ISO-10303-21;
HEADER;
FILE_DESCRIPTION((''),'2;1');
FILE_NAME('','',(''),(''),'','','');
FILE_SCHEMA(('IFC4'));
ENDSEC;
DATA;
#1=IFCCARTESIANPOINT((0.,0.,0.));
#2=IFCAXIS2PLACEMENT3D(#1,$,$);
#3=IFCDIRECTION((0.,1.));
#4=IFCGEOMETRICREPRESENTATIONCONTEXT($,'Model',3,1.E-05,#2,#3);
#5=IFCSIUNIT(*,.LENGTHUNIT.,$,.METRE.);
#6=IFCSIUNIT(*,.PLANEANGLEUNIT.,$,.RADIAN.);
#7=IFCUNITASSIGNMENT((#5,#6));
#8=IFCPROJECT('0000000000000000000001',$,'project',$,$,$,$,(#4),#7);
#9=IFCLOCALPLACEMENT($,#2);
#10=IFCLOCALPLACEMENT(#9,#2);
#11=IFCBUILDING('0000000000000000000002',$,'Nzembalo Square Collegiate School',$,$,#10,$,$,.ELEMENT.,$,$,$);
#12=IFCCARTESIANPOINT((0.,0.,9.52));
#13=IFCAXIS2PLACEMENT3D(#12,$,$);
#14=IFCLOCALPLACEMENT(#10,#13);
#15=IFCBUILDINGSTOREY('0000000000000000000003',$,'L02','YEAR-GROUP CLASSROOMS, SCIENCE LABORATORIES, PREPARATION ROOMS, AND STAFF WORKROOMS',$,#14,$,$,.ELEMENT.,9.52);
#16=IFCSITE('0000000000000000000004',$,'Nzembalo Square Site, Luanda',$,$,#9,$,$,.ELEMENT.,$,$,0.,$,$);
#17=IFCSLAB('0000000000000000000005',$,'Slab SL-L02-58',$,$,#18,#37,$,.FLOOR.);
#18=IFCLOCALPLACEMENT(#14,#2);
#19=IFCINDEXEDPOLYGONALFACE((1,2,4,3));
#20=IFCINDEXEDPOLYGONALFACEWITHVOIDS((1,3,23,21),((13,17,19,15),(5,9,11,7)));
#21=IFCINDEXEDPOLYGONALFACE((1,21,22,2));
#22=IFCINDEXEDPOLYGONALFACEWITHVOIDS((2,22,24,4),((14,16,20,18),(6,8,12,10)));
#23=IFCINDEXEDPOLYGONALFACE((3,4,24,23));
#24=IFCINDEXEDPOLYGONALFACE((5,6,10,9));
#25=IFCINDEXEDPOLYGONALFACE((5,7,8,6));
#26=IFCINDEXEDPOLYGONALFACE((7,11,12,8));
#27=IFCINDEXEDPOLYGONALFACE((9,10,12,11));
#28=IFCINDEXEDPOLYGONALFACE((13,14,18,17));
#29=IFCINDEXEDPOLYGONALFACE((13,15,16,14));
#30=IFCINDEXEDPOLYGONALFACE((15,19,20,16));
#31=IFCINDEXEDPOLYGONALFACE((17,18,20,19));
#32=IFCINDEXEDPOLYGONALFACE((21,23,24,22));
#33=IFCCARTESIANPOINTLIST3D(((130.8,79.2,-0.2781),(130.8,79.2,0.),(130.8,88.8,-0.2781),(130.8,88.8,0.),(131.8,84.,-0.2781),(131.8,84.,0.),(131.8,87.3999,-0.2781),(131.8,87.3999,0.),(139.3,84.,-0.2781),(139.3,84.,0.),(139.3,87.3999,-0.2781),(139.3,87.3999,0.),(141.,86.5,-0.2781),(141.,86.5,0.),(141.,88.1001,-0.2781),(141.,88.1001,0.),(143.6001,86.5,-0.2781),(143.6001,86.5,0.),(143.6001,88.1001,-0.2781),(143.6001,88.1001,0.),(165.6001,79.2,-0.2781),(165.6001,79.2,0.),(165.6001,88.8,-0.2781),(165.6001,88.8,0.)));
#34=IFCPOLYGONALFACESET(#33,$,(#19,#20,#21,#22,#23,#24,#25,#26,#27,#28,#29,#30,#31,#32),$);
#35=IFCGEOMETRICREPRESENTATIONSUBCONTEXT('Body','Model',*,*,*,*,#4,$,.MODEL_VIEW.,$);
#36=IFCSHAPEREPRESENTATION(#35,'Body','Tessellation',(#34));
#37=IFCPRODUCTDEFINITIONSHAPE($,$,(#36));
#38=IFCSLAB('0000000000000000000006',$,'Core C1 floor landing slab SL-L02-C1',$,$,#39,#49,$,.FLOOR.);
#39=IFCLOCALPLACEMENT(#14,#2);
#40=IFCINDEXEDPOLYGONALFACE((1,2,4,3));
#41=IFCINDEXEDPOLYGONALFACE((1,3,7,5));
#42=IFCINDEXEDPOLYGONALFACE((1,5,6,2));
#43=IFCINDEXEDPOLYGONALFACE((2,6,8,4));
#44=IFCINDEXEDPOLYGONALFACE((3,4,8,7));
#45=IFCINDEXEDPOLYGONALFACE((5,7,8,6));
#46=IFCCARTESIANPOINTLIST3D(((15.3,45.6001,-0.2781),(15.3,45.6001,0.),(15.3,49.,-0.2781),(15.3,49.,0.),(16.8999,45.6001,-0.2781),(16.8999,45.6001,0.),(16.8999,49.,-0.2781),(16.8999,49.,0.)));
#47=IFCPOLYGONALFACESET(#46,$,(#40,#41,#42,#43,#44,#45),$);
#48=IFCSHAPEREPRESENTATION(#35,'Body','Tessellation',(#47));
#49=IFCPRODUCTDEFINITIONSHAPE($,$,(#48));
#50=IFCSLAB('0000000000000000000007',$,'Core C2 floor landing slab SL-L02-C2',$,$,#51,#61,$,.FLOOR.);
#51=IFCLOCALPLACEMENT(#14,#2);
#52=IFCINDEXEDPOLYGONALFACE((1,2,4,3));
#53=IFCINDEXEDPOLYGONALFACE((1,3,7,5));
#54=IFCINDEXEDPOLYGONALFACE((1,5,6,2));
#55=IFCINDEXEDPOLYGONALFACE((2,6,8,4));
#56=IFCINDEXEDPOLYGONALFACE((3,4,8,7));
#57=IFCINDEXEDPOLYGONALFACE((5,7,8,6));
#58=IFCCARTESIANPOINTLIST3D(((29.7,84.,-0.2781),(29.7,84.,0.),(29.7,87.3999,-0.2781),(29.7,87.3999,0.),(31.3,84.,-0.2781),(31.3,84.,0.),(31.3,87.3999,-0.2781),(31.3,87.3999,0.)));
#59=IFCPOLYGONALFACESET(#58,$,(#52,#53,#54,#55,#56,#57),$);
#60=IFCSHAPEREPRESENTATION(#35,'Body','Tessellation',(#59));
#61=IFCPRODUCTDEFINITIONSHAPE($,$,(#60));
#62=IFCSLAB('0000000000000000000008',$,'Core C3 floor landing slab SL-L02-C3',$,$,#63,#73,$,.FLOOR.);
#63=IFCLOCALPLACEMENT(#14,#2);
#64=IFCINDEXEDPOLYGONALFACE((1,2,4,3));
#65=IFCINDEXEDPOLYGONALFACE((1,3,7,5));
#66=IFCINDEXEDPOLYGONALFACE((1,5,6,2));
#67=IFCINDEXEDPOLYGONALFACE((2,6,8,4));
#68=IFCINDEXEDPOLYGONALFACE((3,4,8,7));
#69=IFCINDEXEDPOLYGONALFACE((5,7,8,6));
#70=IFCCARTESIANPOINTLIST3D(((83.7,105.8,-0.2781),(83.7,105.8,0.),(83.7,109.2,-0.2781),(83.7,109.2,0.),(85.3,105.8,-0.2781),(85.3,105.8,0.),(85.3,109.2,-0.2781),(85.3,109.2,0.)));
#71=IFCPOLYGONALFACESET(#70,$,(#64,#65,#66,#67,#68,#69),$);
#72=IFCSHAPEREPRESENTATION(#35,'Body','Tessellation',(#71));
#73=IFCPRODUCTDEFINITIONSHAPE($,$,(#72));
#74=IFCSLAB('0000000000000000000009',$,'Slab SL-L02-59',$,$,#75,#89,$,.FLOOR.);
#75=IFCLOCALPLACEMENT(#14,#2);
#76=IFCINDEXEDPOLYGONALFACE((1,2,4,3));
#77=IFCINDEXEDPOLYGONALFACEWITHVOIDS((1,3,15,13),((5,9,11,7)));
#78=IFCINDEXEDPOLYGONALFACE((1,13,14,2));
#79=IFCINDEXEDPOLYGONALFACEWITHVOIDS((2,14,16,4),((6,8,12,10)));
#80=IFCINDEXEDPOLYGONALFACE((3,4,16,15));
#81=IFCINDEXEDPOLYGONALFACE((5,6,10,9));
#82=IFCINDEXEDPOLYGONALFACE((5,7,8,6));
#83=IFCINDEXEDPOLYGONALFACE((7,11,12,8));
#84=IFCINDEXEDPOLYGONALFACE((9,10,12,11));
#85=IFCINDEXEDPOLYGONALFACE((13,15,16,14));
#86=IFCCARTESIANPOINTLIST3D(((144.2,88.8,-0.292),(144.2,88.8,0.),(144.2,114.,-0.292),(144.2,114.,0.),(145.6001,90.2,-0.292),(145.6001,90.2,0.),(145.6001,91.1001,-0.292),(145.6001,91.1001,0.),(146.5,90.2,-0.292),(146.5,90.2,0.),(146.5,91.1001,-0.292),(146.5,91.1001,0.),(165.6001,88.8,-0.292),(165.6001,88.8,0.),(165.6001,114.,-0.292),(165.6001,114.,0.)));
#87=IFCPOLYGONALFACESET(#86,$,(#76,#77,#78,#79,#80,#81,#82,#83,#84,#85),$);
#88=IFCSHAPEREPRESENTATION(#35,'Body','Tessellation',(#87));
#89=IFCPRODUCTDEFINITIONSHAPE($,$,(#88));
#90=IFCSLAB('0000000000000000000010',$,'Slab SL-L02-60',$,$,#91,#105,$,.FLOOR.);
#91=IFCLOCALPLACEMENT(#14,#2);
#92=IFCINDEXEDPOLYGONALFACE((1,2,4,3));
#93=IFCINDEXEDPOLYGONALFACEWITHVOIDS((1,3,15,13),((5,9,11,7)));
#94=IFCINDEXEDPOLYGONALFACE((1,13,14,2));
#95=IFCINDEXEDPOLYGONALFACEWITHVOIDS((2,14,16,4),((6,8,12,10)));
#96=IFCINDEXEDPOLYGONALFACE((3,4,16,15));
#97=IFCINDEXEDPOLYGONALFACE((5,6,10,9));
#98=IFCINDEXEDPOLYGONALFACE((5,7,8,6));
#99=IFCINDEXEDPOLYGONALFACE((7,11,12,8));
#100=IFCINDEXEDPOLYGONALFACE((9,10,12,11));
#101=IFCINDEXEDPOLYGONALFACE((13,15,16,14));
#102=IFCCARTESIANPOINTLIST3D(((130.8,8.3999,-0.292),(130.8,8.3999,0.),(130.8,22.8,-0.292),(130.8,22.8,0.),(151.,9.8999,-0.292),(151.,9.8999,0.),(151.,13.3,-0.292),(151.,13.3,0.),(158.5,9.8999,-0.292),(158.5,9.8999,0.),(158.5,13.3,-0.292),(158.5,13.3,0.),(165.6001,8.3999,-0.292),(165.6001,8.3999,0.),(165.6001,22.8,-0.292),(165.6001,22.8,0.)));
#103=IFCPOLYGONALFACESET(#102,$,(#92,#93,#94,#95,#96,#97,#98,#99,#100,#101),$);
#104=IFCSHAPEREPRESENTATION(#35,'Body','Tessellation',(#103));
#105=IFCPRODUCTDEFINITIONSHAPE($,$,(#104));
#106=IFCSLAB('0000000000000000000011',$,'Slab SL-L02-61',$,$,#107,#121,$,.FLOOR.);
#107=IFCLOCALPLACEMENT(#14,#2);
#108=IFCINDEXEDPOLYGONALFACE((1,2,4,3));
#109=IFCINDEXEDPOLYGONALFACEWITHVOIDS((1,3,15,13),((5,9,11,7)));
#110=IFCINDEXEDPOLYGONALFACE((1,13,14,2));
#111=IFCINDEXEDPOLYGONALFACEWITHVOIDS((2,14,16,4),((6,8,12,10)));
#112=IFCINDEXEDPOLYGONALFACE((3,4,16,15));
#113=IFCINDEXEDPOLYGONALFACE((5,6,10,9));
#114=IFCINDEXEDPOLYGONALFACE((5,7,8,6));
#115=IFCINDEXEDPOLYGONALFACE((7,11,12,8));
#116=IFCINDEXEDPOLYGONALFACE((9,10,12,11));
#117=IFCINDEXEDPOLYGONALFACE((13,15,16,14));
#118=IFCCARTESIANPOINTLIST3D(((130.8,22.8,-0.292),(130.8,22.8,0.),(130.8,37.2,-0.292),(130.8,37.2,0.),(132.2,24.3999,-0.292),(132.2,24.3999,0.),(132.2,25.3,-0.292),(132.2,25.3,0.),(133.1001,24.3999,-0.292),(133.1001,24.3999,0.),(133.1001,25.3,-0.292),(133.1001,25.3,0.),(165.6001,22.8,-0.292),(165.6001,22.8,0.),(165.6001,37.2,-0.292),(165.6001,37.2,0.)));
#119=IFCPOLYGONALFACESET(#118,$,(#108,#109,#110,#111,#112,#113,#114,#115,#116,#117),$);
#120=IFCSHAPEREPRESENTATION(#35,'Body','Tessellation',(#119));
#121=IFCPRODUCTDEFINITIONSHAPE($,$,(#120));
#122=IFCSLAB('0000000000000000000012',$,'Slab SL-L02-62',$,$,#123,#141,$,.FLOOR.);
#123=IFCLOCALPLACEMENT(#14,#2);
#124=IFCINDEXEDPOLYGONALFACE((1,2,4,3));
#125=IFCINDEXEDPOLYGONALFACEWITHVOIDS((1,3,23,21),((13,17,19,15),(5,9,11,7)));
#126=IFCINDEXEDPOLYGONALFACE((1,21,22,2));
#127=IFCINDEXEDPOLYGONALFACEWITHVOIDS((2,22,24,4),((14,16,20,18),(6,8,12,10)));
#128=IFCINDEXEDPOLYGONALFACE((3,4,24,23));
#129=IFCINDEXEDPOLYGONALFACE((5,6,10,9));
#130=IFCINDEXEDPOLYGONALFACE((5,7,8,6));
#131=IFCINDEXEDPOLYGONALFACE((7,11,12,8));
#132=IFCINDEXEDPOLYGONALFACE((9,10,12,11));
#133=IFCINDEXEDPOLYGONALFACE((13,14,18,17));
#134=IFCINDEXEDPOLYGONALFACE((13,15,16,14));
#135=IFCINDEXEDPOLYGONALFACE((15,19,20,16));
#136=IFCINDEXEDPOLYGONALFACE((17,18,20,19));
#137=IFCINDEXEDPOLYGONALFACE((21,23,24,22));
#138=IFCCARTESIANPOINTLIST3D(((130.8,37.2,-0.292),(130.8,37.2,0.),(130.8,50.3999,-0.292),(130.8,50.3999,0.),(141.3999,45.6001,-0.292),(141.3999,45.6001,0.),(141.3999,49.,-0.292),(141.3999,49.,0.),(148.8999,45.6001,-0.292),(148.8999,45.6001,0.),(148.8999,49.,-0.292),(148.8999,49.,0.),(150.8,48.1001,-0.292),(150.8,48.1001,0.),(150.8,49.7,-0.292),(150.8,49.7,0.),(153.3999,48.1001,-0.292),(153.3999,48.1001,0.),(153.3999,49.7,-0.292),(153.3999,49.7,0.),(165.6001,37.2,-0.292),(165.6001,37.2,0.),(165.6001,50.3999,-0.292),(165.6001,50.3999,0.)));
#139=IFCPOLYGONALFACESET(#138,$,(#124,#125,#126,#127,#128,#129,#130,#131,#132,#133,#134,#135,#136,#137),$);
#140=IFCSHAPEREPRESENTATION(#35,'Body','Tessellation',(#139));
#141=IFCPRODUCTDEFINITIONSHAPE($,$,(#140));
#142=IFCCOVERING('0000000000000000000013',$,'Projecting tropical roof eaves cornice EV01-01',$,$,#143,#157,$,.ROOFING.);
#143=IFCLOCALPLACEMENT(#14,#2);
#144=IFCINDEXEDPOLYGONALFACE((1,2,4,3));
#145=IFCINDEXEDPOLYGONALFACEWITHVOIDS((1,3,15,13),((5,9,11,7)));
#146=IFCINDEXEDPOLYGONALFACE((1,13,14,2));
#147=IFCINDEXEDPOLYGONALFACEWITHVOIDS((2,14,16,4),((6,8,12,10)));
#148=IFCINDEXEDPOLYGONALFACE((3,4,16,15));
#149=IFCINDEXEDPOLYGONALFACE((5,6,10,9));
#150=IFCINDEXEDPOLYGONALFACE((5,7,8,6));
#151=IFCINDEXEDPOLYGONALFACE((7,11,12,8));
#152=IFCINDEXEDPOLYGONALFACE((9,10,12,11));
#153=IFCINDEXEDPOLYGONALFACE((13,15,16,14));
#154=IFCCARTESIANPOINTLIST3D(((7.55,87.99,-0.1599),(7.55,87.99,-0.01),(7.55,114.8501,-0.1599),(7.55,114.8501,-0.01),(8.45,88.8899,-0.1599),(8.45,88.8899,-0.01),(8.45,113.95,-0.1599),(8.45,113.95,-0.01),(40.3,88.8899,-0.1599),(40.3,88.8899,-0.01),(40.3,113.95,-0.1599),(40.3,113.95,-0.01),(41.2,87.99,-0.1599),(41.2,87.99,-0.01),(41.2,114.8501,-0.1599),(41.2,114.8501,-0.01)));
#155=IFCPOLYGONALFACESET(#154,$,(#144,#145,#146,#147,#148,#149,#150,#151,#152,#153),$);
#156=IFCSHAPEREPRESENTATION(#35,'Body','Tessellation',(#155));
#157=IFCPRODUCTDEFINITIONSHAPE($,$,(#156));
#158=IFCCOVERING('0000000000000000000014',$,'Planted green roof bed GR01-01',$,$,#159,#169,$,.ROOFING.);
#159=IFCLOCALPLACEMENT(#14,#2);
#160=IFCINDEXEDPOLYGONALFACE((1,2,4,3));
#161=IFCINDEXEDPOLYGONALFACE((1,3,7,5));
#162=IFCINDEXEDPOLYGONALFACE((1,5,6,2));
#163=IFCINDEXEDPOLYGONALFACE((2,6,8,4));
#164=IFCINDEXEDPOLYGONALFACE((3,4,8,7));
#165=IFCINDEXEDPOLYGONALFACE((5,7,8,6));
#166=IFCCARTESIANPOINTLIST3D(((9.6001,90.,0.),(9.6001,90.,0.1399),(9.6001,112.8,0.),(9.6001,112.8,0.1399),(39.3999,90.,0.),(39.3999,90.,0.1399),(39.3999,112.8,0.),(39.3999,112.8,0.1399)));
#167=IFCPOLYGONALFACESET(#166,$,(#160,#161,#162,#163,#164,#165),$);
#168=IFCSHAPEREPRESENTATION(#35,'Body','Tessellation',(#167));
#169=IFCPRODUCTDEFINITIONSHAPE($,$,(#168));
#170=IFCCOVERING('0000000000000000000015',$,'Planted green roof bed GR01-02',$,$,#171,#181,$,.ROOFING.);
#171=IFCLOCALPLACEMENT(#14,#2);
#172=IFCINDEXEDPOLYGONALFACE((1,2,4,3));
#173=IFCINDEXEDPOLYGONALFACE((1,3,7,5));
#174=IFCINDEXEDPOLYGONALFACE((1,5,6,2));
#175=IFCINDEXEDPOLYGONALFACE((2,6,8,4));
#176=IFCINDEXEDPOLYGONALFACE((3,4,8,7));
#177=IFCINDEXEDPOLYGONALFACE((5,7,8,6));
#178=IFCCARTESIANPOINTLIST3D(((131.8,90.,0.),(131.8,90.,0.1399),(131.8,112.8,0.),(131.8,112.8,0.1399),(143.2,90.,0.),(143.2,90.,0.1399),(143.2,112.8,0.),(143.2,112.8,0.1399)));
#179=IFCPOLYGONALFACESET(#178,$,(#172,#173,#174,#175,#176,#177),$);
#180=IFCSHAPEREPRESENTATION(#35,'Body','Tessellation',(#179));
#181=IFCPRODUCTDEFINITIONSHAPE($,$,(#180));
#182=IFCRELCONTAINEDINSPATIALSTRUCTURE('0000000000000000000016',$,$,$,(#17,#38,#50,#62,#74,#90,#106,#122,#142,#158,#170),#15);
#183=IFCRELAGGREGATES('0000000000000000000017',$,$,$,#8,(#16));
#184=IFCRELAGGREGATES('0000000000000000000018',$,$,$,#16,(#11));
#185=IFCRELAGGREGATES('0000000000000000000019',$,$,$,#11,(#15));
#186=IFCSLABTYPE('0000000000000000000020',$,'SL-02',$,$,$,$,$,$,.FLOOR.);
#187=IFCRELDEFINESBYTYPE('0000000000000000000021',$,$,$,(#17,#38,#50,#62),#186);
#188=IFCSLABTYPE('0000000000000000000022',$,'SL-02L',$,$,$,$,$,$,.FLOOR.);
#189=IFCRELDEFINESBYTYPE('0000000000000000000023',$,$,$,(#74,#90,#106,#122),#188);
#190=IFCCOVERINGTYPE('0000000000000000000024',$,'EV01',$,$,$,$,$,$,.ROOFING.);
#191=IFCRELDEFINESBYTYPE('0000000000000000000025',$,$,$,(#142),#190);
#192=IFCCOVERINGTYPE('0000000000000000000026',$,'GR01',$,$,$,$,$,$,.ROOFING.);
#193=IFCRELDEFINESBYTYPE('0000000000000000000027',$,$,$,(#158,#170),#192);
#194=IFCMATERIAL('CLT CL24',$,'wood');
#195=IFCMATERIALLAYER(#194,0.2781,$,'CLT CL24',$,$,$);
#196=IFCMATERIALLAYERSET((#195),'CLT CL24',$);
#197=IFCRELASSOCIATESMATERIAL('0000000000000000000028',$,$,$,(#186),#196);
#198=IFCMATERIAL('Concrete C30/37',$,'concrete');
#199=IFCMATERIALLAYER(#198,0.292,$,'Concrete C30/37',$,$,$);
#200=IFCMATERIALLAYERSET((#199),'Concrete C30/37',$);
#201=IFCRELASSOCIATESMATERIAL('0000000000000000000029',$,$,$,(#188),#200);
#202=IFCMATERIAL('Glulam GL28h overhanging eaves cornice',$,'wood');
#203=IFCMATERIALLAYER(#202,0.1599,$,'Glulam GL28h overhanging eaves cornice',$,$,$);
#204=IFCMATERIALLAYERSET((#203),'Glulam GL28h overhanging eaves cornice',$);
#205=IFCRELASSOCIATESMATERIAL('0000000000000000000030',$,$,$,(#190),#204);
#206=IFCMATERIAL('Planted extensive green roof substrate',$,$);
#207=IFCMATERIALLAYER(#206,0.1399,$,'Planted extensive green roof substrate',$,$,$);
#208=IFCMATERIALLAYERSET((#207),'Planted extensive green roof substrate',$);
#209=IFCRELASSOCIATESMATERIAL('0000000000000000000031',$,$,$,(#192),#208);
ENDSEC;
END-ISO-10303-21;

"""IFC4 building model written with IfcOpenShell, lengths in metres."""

from ifc_helpers import new_model, si_unit, direction, frame, origin, place, context, subcontext, project, spatial, polyline, outline, extrude, material, layer, layer_set, type_object, element, save


model = new_model("IFC4")

# Units and contexts
model_context = context("Model", 3, precision=1e-05, world=origin(), true_north=direction((0.0, 1.0)))
body_context = subcontext(model_context, "Body", "Model", "MODEL_VIEW")
ifc_project = project(units=[si_unit("LENGTHUNIT", "METRE"), si_unit("PLANEANGLEUNIT", "RADIAN")], contexts=[model_context])

# Site, building, storey
site_placement = place(None, origin())
site = spatial("IfcSite", under=ifc_project, at=site_placement, Name="Nzembalo Square Site, Luanda", CompositionType="ELEMENT", RefElevation=0.0)
building_placement = place(site_placement, origin())
building = spatial("IfcBuilding", under=site, at=building_placement, Name="Nzembalo Square Collegiate School", CompositionType="ELEMENT")
storey_placement = place(building_placement, frame((0.0, 0.0, 9.52)))
storey = spatial("IfcBuildingStorey", under=building, at=storey_placement, Name="L02", Description="YEAR-GROUP CLASSROOMS, SCIENCE LABORATORIES, PREPARATION ROOMS, AND STAFF WORKROOMS", CompositionType="ELEMENT", Elevation=9.52)

# Slabs
ifc_material_1 = material(Name="CLT CL24", Category="wood")
ifc_layer_1 = layer(ifc_material_1, 0.2781, Name="CLT CL24")
ifc_layer_set_1 = layer_set([ifc_layer_1], Name="CLT CL24")
slab_type_1 = type_object("IfcSlabType", Name="SL-02", PredefinedType="FLOOR", material=ifc_layer_set_1)
slab_1_placement = place(storey_placement, frame((0.0, 0.0, -0.2781)))
element("IfcSlab", 1, at=slab_1_placement, inside=storey, type_object=slab_type_1, Name="Slab SL-L02-58", PredefinedType="FLOOR", context=body_context, shape_type="SweptSolid", body=[
    extrude(outline(polyline([(130.8, 79.2), (165.6001, 79.2), (165.6001, 88.8), (130.8, 88.8), (130.8, 79.2)]), holes=[polyline([(141.0, 86.5), (143.6001, 86.5), (143.6001, 88.1001), (141.0, 88.1001), (141.0, 86.5)]), polyline([(139.3, 87.3999), (131.8, 87.3999), (131.8, 84.0), (139.3, 84.0), (139.3, 87.3999)])]), origin(), (0.0, 0.0, 1.0), 0.2781),
])
slab_2_placement = place(storey_placement, frame((0.0, 0.0, -0.2781)))
element("IfcSlab", 2, at=slab_2_placement, inside=storey, type_object=slab_type_1, Name="Core C1 floor landing slab SL-L02-C1", PredefinedType="FLOOR", context=body_context, shape_type="SweptSolid", body=[
    extrude(outline(polyline([(15.3, 45.6001), (16.8999, 45.6001), (16.8999, 49.0), (15.3, 49.0), (15.3, 45.6001)])), origin(), (0.0, 0.0, 1.0), 0.2781),
])
slab_3_placement = place(storey_placement, frame((0.0, 0.0, -0.2781)))
element("IfcSlab", 3, at=slab_3_placement, inside=storey, type_object=slab_type_1, Name="Core C2 floor landing slab SL-L02-C2", PredefinedType="FLOOR", context=body_context, shape_type="SweptSolid", body=[
    extrude(outline(polyline([(29.7, 84.0), (31.3, 84.0), (31.3, 87.3999), (29.7, 87.3999), (29.7, 84.0)])), origin(), (0.0, 0.0, 1.0), 0.2781),
])
slab_4_placement = place(storey_placement, frame((0.0, 0.0, -0.2781)))
element("IfcSlab", 4, at=slab_4_placement, inside=storey, type_object=slab_type_1, Name="Core C3 floor landing slab SL-L02-C3", PredefinedType="FLOOR", context=body_context, shape_type="SweptSolid", body=[
    extrude(outline(polyline([(83.7, 105.8), (85.3, 105.8), (85.3, 109.2), (83.7, 109.2), (83.7, 105.8)])), origin(), (0.0, 0.0, 1.0), 0.2781),
])
ifc_material_2 = material(Name="Concrete C30/37", Category="concrete")
ifc_layer_2 = layer(ifc_material_2, 0.292, Name="Concrete C30/37")
ifc_layer_set_2 = layer_set([ifc_layer_2], Name="Concrete C30/37")
slab_type_2 = type_object("IfcSlabType", Name="SL-02L", PredefinedType="FLOOR", material=ifc_layer_set_2)
slab_5_placement = place(storey_placement, frame((0.0, 0.0, -0.292)))
element("IfcSlab", 5, at=slab_5_placement, inside=storey, type_object=slab_type_2, Name="Slab SL-L02-59", PredefinedType="FLOOR", context=body_context, shape_type="SweptSolid", body=[
    extrude(outline(polyline([(144.2, 88.8), (165.6001, 88.8), (165.6001, 114.0), (144.2, 114.0), (144.2, 88.8)]), holes=[polyline([(145.6001, 90.2), (146.5, 90.2), (146.5, 91.1001), (145.6001, 91.1001), (145.6001, 90.2)])]), origin(), (0.0, 0.0, 1.0), 0.292),
])
slab_6_placement = place(storey_placement, frame((0.0, 0.0, -0.292)))
element("IfcSlab", 6, at=slab_6_placement, inside=storey, type_object=slab_type_2, Name="Slab SL-L02-60", PredefinedType="FLOOR", context=body_context, shape_type="SweptSolid", body=[
    extrude(outline(polyline([(130.8, 8.3999), (165.6001, 8.3999), (165.6001, 22.8), (130.8, 22.8), (130.8, 8.3999)]), holes=[polyline([(158.5, 13.3), (151.0, 13.3), (151.0, 9.8999), (158.5, 9.8999), (158.5, 13.3)])]), origin(), (0.0, 0.0, 1.0), 0.292),
])
slab_7_placement = place(storey_placement, frame((0.0, 0.0, -0.292)))
element("IfcSlab", 7, at=slab_7_placement, inside=storey, type_object=slab_type_2, Name="Slab SL-L02-61", PredefinedType="FLOOR", context=body_context, shape_type="SweptSolid", body=[
    extrude(outline(polyline([(130.8, 22.8), (165.6001, 22.8), (165.6001, 37.2), (130.8, 37.2), (130.8, 22.8)]), holes=[polyline([(132.2, 24.3999), (133.1001, 24.3999), (133.1001, 25.3), (132.2, 25.3), (132.2, 24.3999)])]), origin(), (0.0, 0.0, 1.0), 0.292),
])
slab_8_placement = place(storey_placement, frame((0.0, 0.0, -0.292)))
element("IfcSlab", 8, at=slab_8_placement, inside=storey, type_object=slab_type_2, Name="Slab SL-L02-62", PredefinedType="FLOOR", context=body_context, shape_type="SweptSolid", body=[
    extrude(outline(polyline([(130.8, 37.2), (165.6001, 37.2), (165.6001, 50.3999), (130.8, 50.3999), (130.8, 37.2)]), holes=[polyline([(150.8, 48.1001), (153.3999, 48.1001), (153.3999, 49.7), (150.8, 49.7), (150.8, 48.1001)]), polyline([(148.8999, 49.0), (141.3999, 49.0), (141.3999, 45.6001), (148.8999, 45.6001), (148.8999, 49.0)])]), origin(), (0.0, 0.0, 1.0), 0.292),
])

# Coverings
ifc_material_3 = material(Name="Glulam GL28h overhanging eaves cornice", Category="wood")
ifc_layer_3 = layer(ifc_material_3, 0.1599, Name="Glulam GL28h overhanging eaves cornice")
ifc_layer_set_3 = layer_set([ifc_layer_3], Name="Glulam GL28h overhanging eaves cornice")
covering_type_1 = type_object("IfcCoveringType", Name="EV01", PredefinedType="ROOFING", material=ifc_layer_set_3)
covering_1_placement = place(storey_placement, frame((0.0, 0.0, -0.1599)))
element("IfcCovering", 9, at=covering_1_placement, inside=storey, type_object=covering_type_1, Name="Projecting tropical roof eaves cornice EV01-01", PredefinedType="ROOFING", context=body_context, shape_type="SweptSolid", body=[
    extrude(outline(polyline([(7.55, 87.99), (41.2, 87.99), (41.2, 114.8501), (7.55, 114.8501), (7.55, 87.99)]), holes=[polyline([(8.45, 88.8899), (40.3, 88.8899), (40.3, 113.95), (8.45, 113.95), (8.45, 88.8899)])]), origin(), (0.0, 0.0, 1.0), 0.1499),
])
ifc_material_4 = material(Name="Planted extensive green roof substrate")
ifc_layer_4 = layer(ifc_material_4, 0.1399, Name="Planted extensive green roof substrate")
ifc_layer_set_4 = layer_set([ifc_layer_4], Name="Planted extensive green roof substrate")
covering_type_2 = type_object("IfcCoveringType", Name="GR01", PredefinedType="ROOFING", material=ifc_layer_set_4)
covering_2_placement = place(storey_placement, origin())
element("IfcCovering", 10, at=covering_2_placement, inside=storey, type_object=covering_type_2, Name="Planted green roof bed GR01-01", PredefinedType="ROOFING", context=body_context, shape_type="SweptSolid", body=[
    extrude(outline(polyline([(9.6001, 90.0), (39.3999, 90.0), (39.3999, 112.8), (9.6001, 112.8), (9.6001, 90.0)])), origin(), (0.0, 0.0, 1.0), 0.1399),
])
covering_3_placement = place(storey_placement, origin())
element("IfcCovering", 11, at=covering_3_placement, inside=storey, type_object=covering_type_2, Name="Planted green roof bed GR01-02", PredefinedType="ROOFING", context=body_context, shape_type="SweptSolid", body=[
    extrude(outline(polyline([(131.8, 90.0), (143.2, 90.0), (143.2, 112.8), (131.8, 112.8), (131.8, 90.0)])), origin(), (0.0, 0.0, 1.0), 0.1399),
])

save(model, "model.ifc")
